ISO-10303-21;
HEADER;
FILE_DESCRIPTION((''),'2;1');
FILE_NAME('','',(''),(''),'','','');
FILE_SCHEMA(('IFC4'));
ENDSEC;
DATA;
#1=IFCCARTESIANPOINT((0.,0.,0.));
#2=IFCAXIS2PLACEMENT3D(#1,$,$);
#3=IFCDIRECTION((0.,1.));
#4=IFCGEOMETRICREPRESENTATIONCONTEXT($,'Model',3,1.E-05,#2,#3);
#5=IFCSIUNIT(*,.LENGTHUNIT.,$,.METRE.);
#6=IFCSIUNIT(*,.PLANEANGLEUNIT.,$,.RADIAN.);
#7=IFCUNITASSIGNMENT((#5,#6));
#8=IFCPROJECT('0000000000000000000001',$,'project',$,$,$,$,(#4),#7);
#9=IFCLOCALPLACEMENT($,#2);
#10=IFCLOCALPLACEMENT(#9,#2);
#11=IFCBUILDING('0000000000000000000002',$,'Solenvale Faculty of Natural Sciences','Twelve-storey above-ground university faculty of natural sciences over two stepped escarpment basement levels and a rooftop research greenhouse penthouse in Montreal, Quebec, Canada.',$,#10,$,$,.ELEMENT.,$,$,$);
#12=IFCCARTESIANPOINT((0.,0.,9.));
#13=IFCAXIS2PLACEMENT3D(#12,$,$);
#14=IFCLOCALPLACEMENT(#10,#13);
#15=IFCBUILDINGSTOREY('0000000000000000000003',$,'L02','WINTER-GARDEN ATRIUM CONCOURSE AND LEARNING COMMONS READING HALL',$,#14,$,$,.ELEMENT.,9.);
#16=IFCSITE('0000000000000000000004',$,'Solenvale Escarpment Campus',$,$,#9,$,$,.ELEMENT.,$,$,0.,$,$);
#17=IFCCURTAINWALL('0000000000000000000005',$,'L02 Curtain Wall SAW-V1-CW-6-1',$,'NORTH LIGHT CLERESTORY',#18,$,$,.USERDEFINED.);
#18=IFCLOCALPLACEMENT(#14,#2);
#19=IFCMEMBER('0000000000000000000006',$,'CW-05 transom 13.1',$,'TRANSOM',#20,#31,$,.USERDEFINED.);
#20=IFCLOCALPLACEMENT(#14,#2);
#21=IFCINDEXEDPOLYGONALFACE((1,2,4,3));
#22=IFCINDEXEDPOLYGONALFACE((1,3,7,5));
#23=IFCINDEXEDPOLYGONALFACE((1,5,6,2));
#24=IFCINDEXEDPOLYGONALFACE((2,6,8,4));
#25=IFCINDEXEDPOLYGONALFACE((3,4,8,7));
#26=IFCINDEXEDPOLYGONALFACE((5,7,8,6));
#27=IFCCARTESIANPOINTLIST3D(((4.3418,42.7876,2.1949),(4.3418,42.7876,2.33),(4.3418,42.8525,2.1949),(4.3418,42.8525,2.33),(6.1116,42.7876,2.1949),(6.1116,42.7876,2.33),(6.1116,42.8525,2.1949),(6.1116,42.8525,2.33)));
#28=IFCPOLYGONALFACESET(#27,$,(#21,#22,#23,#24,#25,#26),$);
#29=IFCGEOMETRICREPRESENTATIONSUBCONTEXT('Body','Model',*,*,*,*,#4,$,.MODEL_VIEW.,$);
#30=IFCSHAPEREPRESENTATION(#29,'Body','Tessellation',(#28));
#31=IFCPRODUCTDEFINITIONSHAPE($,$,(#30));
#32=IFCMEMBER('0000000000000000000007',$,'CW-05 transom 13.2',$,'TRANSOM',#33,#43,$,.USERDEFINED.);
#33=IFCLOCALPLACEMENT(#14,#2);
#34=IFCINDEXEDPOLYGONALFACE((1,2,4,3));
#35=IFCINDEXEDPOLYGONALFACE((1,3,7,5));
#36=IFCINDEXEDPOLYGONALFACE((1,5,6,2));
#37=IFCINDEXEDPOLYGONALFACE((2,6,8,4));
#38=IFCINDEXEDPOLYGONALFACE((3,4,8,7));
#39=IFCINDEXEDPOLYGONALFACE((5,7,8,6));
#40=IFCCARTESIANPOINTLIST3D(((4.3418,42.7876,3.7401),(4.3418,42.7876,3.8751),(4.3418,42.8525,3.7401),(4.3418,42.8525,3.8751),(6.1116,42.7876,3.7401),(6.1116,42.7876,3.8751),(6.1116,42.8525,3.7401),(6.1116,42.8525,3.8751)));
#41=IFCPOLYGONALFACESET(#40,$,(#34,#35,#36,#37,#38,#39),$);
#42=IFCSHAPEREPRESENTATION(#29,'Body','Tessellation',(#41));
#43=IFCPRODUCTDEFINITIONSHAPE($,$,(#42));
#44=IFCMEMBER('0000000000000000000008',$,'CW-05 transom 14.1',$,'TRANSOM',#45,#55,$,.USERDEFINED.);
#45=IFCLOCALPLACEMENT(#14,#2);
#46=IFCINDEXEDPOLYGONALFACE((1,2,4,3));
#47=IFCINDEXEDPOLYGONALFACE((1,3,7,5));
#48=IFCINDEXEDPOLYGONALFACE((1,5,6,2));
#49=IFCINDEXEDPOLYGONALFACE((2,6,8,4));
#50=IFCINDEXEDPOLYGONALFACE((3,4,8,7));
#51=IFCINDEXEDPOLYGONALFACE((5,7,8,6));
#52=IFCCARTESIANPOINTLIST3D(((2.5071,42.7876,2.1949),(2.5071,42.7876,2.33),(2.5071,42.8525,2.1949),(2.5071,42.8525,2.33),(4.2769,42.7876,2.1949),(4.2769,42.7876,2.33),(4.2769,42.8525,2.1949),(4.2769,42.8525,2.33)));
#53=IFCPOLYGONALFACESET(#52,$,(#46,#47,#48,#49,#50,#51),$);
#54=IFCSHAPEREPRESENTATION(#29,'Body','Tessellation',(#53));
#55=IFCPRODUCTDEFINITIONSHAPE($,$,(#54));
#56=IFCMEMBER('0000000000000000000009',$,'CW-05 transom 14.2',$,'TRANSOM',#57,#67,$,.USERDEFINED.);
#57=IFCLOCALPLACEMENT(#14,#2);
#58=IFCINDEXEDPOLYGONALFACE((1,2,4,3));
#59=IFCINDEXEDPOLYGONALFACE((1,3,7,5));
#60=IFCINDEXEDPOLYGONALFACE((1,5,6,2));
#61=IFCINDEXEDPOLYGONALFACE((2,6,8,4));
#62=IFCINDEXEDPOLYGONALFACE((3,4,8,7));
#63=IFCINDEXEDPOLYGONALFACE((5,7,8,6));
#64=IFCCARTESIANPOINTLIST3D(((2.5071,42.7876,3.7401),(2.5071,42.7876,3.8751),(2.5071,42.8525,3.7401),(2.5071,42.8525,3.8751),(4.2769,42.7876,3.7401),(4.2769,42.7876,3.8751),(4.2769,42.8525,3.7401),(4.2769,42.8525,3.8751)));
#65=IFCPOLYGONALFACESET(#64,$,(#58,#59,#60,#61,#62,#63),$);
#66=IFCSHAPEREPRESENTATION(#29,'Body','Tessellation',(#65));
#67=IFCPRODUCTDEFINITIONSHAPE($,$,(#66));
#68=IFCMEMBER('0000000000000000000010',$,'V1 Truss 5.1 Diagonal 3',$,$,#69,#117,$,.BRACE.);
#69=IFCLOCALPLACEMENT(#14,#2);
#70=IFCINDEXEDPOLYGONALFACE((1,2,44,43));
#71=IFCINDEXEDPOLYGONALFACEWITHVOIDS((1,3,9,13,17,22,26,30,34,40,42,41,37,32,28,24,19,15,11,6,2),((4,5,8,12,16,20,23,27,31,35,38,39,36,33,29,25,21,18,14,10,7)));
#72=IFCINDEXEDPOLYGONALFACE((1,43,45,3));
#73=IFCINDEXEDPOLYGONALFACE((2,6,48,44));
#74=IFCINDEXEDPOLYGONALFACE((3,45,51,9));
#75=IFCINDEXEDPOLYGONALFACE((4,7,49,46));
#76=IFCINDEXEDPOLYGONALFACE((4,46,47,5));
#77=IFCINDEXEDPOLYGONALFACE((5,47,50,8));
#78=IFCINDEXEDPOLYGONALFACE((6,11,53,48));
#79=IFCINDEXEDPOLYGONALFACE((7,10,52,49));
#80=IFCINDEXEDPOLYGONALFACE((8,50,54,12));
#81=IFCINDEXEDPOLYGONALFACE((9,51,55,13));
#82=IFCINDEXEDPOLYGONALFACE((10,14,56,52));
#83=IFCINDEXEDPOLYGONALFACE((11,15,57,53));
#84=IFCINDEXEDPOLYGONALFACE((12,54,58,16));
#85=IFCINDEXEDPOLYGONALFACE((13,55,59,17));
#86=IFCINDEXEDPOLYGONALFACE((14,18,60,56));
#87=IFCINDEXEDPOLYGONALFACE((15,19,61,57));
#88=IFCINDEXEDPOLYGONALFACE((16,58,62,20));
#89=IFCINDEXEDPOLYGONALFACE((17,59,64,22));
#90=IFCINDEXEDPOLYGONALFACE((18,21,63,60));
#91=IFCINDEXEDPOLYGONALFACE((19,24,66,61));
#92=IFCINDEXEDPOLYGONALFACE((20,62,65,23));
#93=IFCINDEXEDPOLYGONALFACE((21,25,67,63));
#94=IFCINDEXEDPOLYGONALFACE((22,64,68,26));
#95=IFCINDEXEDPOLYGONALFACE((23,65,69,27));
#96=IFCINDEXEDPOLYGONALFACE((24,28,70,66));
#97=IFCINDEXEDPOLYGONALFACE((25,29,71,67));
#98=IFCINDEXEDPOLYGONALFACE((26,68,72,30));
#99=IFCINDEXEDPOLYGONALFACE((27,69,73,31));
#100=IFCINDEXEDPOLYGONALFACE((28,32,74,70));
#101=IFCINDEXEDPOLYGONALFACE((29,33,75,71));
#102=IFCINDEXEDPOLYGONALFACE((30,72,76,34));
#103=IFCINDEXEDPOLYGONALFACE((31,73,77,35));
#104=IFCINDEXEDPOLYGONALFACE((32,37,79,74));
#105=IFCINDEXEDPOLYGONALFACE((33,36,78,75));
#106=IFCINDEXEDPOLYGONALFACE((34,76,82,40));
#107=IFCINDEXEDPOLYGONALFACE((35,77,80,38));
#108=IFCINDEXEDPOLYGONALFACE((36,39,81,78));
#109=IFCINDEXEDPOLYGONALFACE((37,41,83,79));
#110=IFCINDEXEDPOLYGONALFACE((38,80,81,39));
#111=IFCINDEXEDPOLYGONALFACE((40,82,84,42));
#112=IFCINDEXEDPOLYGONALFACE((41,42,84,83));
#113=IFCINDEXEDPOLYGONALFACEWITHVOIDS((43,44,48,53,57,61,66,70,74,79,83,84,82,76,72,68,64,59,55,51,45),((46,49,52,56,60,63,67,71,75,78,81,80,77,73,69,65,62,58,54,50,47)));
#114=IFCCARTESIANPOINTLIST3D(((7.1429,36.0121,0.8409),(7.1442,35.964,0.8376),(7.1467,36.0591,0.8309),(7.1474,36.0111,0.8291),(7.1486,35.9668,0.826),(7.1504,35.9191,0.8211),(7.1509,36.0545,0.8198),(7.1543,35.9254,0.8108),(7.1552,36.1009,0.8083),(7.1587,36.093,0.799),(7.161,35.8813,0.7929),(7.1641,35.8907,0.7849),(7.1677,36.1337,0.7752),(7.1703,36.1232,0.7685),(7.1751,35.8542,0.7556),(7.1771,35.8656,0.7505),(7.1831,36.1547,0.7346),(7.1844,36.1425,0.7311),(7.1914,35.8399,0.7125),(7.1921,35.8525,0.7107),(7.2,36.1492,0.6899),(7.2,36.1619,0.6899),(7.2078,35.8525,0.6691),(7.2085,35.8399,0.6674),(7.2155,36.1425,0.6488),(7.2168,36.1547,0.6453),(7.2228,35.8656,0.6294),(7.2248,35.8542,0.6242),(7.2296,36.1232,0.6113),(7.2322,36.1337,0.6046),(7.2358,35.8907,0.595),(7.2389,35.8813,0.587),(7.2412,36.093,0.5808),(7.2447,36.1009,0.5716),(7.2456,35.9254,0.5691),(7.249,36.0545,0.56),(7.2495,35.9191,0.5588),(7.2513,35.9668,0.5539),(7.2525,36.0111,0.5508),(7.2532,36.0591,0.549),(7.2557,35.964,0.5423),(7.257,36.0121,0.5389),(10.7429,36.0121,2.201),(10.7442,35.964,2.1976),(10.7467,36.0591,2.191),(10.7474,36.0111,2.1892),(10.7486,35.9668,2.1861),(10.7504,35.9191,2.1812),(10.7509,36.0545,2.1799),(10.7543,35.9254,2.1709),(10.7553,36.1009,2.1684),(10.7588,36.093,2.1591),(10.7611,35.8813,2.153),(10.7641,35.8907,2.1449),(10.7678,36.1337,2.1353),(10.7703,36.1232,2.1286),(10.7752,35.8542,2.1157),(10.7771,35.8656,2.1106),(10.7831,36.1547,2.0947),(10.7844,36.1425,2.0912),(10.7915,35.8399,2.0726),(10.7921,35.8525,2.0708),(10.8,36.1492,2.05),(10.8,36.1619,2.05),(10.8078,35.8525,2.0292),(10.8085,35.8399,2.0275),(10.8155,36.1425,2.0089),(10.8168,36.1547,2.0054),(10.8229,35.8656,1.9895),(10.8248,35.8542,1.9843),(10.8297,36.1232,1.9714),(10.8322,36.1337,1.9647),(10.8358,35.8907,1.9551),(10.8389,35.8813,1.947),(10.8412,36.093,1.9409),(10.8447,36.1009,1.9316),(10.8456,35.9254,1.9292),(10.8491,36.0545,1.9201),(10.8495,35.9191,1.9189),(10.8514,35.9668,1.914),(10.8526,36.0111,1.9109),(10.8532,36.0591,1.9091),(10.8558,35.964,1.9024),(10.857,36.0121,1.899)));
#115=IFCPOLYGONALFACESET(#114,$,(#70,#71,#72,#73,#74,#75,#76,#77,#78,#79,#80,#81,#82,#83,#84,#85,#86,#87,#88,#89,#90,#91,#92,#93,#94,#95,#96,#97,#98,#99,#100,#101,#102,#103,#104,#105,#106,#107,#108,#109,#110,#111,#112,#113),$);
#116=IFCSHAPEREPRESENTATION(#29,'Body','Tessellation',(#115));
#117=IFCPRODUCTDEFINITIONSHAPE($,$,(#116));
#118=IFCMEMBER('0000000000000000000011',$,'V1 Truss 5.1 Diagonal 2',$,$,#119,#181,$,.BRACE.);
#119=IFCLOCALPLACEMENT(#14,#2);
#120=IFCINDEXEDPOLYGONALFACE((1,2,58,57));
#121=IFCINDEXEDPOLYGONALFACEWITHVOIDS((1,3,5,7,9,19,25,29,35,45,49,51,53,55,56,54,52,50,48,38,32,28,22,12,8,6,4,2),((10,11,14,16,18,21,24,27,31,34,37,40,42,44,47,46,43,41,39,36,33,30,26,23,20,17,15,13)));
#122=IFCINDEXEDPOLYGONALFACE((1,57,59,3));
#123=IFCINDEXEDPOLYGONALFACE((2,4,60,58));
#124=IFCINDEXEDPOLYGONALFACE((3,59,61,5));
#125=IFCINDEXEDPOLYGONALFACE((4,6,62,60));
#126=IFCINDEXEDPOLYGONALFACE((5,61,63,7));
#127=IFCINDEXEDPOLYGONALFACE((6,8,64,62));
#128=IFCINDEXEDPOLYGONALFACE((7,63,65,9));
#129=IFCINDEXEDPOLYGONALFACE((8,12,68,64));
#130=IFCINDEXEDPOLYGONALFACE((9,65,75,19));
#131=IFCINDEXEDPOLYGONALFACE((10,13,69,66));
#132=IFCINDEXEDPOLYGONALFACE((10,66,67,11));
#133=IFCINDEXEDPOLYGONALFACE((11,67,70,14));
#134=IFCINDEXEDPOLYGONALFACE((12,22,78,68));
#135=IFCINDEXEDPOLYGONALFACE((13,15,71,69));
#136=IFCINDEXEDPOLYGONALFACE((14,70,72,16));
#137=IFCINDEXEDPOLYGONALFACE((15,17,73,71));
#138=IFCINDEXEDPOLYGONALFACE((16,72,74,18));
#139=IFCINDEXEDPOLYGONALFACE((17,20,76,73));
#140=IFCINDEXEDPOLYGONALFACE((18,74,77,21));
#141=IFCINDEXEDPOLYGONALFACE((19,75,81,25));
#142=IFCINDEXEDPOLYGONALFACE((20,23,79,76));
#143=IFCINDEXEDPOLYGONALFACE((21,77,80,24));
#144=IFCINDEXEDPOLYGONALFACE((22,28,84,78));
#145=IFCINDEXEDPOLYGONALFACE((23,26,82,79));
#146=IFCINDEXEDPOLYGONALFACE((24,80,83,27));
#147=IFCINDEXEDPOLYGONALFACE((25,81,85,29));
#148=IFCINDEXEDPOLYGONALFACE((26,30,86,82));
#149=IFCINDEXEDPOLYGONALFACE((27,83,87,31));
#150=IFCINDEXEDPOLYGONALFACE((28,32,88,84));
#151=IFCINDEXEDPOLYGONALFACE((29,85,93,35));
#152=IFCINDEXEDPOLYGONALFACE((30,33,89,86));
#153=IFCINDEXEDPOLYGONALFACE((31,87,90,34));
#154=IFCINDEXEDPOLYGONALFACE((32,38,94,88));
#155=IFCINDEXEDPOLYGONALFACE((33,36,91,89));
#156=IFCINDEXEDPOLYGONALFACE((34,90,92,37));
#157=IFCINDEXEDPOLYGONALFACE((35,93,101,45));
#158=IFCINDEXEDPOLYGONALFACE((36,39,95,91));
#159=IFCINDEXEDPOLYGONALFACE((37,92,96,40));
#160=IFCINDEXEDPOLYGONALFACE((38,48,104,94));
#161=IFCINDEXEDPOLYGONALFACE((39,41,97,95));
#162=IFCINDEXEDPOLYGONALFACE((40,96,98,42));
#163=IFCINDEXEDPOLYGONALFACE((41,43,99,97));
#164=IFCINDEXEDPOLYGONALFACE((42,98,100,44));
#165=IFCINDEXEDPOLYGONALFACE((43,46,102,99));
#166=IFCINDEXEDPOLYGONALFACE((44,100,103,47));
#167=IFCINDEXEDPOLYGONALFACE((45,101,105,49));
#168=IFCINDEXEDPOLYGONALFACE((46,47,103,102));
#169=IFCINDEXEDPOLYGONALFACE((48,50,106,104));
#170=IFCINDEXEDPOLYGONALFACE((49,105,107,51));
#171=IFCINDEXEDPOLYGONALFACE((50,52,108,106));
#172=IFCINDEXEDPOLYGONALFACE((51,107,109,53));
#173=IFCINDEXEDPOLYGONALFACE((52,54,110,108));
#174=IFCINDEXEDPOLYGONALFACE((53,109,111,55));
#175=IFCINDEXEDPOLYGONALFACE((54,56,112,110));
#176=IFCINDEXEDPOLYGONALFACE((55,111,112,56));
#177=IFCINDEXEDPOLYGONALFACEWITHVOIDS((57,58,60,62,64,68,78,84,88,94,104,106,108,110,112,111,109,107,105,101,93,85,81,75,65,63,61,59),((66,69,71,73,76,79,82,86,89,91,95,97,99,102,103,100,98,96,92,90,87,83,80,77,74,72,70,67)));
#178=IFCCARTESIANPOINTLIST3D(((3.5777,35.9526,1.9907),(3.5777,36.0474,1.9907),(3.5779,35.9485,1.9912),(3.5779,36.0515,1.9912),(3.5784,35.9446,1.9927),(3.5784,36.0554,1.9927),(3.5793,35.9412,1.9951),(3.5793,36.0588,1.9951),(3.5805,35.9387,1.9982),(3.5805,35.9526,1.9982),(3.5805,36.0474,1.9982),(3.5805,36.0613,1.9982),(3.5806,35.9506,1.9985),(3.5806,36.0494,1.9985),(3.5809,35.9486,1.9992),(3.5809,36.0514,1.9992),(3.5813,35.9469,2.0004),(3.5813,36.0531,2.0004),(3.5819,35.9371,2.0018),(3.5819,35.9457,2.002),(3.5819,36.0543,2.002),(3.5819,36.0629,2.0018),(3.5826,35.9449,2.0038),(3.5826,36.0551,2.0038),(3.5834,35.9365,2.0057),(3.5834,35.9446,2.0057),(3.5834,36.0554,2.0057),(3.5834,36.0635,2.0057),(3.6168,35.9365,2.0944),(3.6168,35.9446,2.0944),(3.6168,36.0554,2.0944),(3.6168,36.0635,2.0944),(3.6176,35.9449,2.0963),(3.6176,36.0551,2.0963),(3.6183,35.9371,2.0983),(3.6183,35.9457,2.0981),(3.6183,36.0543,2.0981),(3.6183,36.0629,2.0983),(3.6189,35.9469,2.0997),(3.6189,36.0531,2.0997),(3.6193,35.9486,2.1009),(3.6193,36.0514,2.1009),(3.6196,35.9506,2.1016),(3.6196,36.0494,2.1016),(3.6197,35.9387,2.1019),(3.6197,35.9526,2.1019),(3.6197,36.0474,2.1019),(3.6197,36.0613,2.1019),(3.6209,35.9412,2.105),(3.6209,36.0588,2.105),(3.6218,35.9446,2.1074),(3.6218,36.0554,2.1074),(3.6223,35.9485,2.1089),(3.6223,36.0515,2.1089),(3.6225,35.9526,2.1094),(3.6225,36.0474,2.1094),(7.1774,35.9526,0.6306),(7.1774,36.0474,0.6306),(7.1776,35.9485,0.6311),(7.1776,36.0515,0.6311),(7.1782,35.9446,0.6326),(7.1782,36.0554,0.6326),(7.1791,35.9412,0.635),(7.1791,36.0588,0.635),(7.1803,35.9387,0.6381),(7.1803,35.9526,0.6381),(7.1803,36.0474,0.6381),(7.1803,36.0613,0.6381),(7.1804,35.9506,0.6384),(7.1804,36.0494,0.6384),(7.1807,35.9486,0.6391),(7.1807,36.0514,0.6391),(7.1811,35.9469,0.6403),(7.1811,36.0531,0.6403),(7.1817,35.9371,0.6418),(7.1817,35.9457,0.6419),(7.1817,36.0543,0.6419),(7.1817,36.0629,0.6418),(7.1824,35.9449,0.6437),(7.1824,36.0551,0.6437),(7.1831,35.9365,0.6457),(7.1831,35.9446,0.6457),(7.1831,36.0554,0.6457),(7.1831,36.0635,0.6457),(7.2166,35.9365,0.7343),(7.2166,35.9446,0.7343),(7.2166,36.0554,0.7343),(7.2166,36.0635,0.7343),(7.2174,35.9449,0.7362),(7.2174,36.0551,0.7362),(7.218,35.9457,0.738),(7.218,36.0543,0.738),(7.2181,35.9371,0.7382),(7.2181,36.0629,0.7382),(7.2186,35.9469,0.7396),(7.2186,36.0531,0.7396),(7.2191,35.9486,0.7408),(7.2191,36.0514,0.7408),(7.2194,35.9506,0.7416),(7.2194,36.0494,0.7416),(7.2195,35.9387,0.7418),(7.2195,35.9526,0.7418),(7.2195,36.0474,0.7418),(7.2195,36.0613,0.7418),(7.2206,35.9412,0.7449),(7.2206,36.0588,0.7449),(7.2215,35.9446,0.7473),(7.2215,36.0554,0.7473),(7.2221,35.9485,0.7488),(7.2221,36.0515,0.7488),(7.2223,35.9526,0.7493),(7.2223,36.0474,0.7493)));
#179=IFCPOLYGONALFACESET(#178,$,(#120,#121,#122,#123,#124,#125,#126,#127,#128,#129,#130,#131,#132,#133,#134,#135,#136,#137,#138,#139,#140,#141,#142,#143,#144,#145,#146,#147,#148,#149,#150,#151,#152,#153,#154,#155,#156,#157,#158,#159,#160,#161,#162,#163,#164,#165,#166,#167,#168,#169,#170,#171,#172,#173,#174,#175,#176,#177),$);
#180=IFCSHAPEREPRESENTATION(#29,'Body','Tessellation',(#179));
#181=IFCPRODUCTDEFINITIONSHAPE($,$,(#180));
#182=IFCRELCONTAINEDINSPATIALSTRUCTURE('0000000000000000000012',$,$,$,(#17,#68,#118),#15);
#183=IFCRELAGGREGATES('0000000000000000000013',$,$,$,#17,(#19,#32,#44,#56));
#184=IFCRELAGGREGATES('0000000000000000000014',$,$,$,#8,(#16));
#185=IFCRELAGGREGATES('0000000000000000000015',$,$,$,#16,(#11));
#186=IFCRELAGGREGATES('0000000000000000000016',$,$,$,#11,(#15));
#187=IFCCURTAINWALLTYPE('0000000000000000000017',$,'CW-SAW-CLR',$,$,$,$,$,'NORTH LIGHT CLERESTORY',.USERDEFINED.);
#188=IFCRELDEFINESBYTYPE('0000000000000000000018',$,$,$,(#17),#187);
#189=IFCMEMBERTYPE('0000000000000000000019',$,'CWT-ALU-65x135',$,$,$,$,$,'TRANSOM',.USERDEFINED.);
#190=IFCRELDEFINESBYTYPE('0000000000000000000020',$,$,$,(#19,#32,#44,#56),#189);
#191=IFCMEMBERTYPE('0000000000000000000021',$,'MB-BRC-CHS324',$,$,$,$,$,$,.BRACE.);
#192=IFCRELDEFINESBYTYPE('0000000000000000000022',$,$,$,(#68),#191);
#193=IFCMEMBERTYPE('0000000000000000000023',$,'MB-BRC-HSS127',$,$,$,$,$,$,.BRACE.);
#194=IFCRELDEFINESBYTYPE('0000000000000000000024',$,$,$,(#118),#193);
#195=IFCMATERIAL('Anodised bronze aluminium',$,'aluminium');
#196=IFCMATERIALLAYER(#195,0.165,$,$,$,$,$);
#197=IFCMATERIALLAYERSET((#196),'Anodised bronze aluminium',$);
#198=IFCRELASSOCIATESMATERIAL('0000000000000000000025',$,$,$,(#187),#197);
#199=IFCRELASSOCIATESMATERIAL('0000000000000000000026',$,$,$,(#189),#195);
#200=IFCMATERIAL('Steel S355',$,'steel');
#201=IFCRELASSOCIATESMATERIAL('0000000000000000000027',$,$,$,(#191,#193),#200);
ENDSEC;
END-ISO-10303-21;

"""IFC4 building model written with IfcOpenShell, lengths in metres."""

from ifc_helpers import new_model, si_unit, direction, frame, origin, origin_2d, place, context, subcontext, project, spatial, rectangle, hollow_rectangle, hollow_circle, extrude, material, layer, layer_set, material_profile, profile_set, type_object, element, aggregate, save


model = new_model("IFC4")

# Units and contexts
model_context = context("Model", 3, precision=1e-05, world=origin(), true_north=direction((0.0, 1.0)))
body_context = subcontext(model_context, "Body", "Model", "MODEL_VIEW")
ifc_project = project(units=[si_unit("LENGTHUNIT", "METRE"), si_unit("PLANEANGLEUNIT", "RADIAN")], contexts=[model_context])

# Site, building, storey
site_placement = place(None, origin())
site = spatial("IfcSite", under=ifc_project, at=site_placement, Name="Solenvale Escarpment Campus", CompositionType="ELEMENT", RefElevation=0.0)
building_placement = place(site_placement, origin())
building = spatial("IfcBuilding", under=site, at=building_placement, Name="Solenvale Faculty of Natural Sciences", Description="Twelve-storey above-ground university faculty of natural sciences over two stepped escarpment basement levels and a rooftop research greenhouse penthouse in Montreal, Quebec, Canada.", CompositionType="ELEMENT")
storey_placement = place(building_placement, frame((0.0, 0.0, 9.0)))
storey = spatial("IfcBuildingStorey", under=building, at=storey_placement, Name="L02", Description="WINTER-GARDEN ATRIUM CONCOURSE AND LEARNING COMMONS READING HALL", CompositionType="ELEMENT", Elevation=9.0)

# Curtain wall
ifc_material_1 = material(Name="Anodised bronze aluminium", Category="aluminium")
ifc_layer_1 = layer(ifc_material_1, 0.165)
ifc_layer_set_1 = layer_set([ifc_layer_1], Name="Anodised bronze aluminium")
curtain_wall_type = type_object("IfcCurtainWallType", Name="CW-SAW-CLR", ElementType="NORTH LIGHT CLERESTORY", PredefinedType="USERDEFINED", material=ifc_layer_set_1)
curtain_wall_1_placement = place(storey_placement, origin())
curtain_wall_1 = element("IfcCurtainWall", 1, at=curtain_wall_1_placement, inside=storey, type_object=curtain_wall_type, Name="L02 Curtain Wall SAW-V1-CW-6-1", ObjectType="NORTH LIGHT CLERESTORY", PredefinedType="USERDEFINED")

# Members
ifc_material_profile_1 = material_profile(ifc_material_1, rectangle(XDim=0.0649, YDim=0.135, at=origin_2d()), Name="ALU-TRN-65x135")
ifc_profile_set_1 = profile_set([ifc_material_profile_1], Name="Anodised bronze aluminium")
member_type_1 = type_object("IfcMemberType", Name="CWT-ALU-65x135", ElementType="TRANSOM", PredefinedType="USERDEFINED", material=ifc_profile_set_1)
member_1_placement = place(storey_placement, frame((6.1116, 42.8201, 2.2625), z_axis=(-1.0, 0.0, 0.0), x_axis=(0.0, -1.0, 0.0)))
member_1 = element("IfcMember", 2, at=member_1_placement, type_object=member_type_1, Name="CW-05 transom 13.1", ObjectType="TRANSOM", PredefinedType="USERDEFINED", context=body_context, shape_type="SweptSolid", body=[
    extrude(rectangle(XDim=0.0649, YDim=0.135, at=origin_2d()), origin(), (0.0, 0.0, 1.0), 1.7698),
])
member_2_placement = place(storey_placement, frame((6.1116, 42.8201, 3.8076), z_axis=(-1.0, 0.0, 0.0), x_axis=(0.0, -1.0, 0.0)))
member_2 = element("IfcMember", 3, at=member_2_placement, type_object=member_type_1, Name="CW-05 transom 13.2", ObjectType="TRANSOM", PredefinedType="USERDEFINED", context=body_context, shape_type="SweptSolid", body=[
    extrude(rectangle(XDim=0.0649, YDim=0.135, at=origin_2d()), origin(), (0.0, 0.0, 1.0), 1.7698),
])
member_3_placement = place(storey_placement, frame((4.2769, 42.8201, 2.2625), z_axis=(-1.0, 0.0, 0.0), x_axis=(0.0, -1.0, 0.0)))
member_3 = element("IfcMember", 4, at=member_3_placement, type_object=member_type_1, Name="CW-05 transom 14.1", ObjectType="TRANSOM", PredefinedType="USERDEFINED", context=body_context, shape_type="SweptSolid", body=[
    extrude(rectangle(XDim=0.0649, YDim=0.135, at=origin_2d()), origin(), (0.0, 0.0, 1.0), 1.7698),
])
member_4_placement = place(storey_placement, frame((4.2769, 42.8201, 3.8076), z_axis=(-1.0, 0.0, 0.0), x_axis=(0.0, -1.0, 0.0)))
member_4 = element("IfcMember", 5, at=member_4_placement, type_object=member_type_1, Name="CW-05 transom 14.2", ObjectType="TRANSOM", PredefinedType="USERDEFINED", context=body_context, shape_type="SweptSolid", body=[
    extrude(rectangle(XDim=0.0649, YDim=0.135, at=origin_2d()), origin(), (0.0, 0.0, 1.0), 1.7698),
])

# Members
ifc_material_2 = material(Name="Steel S355", Category="steel")
ifc_material_profile_2 = material_profile(ifc_material_2, hollow_circle(Radius=0.1619, WallThickness=0.0127, at=origin_2d()), Name="HSS324x13")
ifc_profile_set_2 = profile_set([ifc_material_profile_2], Name="Steel S355")
member_type_2 = type_object("IfcMemberType", Name="MB-BRC-CHS324", PredefinedType="BRACE", material=ifc_profile_set_2)
member_5_placement = place(storey_placement, frame((7.2, 36.0, 0.6899), z_axis=(0.935466, 0.0, 0.353417), x_axis=(0.0, 1.0, 0.0)))
element("IfcMember", 6, at=member_5_placement, inside=storey, type_object=member_type_2, Name="V1 Truss 5.1 Diagonal 3", PredefinedType="BRACE", context=body_context, shape_type="SweptSolid", body=[
    extrude(hollow_circle(Radius=0.1619, WallThickness=0.0127, at=origin_2d()), origin(), (0.0, 0.0, 1.0), 3.8484),
])
ifc_material_profile_3 = material_profile(ifc_material_2, hollow_rectangle(XDim=0.127, YDim=0.127, WallThickness=0.0081, InnerFilletRadius=0.0081, OuterFilletRadius=0.0161, at=origin_2d()), Name="HSS127x127x8.0")
ifc_profile_set_3 = profile_set([ifc_material_profile_3], Name="Steel S355")
member_type_3 = type_object("IfcMemberType", Name="MB-BRC-HSS127", PredefinedType="BRACE", material=ifc_profile_set_3)
member_6_placement = place(storey_placement, frame((3.6001, 36.0, 2.05), z_axis=(0.935458, 0.0, -0.353438), x_axis=(0.0, 1.0, 0.0)))
element("IfcMember", 7, at=member_6_placement, inside=storey, type_object=member_type_3, Name="V1 Truss 5.1 Diagonal 2", PredefinedType="BRACE", context=body_context, shape_type="SweptSolid", body=[
    extrude(hollow_rectangle(XDim=0.127, YDim=0.127, WallThickness=0.0081, InnerFilletRadius=0.0081, OuterFilletRadius=0.0161, at=origin_2d()), origin(), (0.0, 0.0, 1.0), 3.8481),
])

aggregate(curtain_wall_1, [member_1, member_2, member_3, member_4])

save(model, "model.ifc")
